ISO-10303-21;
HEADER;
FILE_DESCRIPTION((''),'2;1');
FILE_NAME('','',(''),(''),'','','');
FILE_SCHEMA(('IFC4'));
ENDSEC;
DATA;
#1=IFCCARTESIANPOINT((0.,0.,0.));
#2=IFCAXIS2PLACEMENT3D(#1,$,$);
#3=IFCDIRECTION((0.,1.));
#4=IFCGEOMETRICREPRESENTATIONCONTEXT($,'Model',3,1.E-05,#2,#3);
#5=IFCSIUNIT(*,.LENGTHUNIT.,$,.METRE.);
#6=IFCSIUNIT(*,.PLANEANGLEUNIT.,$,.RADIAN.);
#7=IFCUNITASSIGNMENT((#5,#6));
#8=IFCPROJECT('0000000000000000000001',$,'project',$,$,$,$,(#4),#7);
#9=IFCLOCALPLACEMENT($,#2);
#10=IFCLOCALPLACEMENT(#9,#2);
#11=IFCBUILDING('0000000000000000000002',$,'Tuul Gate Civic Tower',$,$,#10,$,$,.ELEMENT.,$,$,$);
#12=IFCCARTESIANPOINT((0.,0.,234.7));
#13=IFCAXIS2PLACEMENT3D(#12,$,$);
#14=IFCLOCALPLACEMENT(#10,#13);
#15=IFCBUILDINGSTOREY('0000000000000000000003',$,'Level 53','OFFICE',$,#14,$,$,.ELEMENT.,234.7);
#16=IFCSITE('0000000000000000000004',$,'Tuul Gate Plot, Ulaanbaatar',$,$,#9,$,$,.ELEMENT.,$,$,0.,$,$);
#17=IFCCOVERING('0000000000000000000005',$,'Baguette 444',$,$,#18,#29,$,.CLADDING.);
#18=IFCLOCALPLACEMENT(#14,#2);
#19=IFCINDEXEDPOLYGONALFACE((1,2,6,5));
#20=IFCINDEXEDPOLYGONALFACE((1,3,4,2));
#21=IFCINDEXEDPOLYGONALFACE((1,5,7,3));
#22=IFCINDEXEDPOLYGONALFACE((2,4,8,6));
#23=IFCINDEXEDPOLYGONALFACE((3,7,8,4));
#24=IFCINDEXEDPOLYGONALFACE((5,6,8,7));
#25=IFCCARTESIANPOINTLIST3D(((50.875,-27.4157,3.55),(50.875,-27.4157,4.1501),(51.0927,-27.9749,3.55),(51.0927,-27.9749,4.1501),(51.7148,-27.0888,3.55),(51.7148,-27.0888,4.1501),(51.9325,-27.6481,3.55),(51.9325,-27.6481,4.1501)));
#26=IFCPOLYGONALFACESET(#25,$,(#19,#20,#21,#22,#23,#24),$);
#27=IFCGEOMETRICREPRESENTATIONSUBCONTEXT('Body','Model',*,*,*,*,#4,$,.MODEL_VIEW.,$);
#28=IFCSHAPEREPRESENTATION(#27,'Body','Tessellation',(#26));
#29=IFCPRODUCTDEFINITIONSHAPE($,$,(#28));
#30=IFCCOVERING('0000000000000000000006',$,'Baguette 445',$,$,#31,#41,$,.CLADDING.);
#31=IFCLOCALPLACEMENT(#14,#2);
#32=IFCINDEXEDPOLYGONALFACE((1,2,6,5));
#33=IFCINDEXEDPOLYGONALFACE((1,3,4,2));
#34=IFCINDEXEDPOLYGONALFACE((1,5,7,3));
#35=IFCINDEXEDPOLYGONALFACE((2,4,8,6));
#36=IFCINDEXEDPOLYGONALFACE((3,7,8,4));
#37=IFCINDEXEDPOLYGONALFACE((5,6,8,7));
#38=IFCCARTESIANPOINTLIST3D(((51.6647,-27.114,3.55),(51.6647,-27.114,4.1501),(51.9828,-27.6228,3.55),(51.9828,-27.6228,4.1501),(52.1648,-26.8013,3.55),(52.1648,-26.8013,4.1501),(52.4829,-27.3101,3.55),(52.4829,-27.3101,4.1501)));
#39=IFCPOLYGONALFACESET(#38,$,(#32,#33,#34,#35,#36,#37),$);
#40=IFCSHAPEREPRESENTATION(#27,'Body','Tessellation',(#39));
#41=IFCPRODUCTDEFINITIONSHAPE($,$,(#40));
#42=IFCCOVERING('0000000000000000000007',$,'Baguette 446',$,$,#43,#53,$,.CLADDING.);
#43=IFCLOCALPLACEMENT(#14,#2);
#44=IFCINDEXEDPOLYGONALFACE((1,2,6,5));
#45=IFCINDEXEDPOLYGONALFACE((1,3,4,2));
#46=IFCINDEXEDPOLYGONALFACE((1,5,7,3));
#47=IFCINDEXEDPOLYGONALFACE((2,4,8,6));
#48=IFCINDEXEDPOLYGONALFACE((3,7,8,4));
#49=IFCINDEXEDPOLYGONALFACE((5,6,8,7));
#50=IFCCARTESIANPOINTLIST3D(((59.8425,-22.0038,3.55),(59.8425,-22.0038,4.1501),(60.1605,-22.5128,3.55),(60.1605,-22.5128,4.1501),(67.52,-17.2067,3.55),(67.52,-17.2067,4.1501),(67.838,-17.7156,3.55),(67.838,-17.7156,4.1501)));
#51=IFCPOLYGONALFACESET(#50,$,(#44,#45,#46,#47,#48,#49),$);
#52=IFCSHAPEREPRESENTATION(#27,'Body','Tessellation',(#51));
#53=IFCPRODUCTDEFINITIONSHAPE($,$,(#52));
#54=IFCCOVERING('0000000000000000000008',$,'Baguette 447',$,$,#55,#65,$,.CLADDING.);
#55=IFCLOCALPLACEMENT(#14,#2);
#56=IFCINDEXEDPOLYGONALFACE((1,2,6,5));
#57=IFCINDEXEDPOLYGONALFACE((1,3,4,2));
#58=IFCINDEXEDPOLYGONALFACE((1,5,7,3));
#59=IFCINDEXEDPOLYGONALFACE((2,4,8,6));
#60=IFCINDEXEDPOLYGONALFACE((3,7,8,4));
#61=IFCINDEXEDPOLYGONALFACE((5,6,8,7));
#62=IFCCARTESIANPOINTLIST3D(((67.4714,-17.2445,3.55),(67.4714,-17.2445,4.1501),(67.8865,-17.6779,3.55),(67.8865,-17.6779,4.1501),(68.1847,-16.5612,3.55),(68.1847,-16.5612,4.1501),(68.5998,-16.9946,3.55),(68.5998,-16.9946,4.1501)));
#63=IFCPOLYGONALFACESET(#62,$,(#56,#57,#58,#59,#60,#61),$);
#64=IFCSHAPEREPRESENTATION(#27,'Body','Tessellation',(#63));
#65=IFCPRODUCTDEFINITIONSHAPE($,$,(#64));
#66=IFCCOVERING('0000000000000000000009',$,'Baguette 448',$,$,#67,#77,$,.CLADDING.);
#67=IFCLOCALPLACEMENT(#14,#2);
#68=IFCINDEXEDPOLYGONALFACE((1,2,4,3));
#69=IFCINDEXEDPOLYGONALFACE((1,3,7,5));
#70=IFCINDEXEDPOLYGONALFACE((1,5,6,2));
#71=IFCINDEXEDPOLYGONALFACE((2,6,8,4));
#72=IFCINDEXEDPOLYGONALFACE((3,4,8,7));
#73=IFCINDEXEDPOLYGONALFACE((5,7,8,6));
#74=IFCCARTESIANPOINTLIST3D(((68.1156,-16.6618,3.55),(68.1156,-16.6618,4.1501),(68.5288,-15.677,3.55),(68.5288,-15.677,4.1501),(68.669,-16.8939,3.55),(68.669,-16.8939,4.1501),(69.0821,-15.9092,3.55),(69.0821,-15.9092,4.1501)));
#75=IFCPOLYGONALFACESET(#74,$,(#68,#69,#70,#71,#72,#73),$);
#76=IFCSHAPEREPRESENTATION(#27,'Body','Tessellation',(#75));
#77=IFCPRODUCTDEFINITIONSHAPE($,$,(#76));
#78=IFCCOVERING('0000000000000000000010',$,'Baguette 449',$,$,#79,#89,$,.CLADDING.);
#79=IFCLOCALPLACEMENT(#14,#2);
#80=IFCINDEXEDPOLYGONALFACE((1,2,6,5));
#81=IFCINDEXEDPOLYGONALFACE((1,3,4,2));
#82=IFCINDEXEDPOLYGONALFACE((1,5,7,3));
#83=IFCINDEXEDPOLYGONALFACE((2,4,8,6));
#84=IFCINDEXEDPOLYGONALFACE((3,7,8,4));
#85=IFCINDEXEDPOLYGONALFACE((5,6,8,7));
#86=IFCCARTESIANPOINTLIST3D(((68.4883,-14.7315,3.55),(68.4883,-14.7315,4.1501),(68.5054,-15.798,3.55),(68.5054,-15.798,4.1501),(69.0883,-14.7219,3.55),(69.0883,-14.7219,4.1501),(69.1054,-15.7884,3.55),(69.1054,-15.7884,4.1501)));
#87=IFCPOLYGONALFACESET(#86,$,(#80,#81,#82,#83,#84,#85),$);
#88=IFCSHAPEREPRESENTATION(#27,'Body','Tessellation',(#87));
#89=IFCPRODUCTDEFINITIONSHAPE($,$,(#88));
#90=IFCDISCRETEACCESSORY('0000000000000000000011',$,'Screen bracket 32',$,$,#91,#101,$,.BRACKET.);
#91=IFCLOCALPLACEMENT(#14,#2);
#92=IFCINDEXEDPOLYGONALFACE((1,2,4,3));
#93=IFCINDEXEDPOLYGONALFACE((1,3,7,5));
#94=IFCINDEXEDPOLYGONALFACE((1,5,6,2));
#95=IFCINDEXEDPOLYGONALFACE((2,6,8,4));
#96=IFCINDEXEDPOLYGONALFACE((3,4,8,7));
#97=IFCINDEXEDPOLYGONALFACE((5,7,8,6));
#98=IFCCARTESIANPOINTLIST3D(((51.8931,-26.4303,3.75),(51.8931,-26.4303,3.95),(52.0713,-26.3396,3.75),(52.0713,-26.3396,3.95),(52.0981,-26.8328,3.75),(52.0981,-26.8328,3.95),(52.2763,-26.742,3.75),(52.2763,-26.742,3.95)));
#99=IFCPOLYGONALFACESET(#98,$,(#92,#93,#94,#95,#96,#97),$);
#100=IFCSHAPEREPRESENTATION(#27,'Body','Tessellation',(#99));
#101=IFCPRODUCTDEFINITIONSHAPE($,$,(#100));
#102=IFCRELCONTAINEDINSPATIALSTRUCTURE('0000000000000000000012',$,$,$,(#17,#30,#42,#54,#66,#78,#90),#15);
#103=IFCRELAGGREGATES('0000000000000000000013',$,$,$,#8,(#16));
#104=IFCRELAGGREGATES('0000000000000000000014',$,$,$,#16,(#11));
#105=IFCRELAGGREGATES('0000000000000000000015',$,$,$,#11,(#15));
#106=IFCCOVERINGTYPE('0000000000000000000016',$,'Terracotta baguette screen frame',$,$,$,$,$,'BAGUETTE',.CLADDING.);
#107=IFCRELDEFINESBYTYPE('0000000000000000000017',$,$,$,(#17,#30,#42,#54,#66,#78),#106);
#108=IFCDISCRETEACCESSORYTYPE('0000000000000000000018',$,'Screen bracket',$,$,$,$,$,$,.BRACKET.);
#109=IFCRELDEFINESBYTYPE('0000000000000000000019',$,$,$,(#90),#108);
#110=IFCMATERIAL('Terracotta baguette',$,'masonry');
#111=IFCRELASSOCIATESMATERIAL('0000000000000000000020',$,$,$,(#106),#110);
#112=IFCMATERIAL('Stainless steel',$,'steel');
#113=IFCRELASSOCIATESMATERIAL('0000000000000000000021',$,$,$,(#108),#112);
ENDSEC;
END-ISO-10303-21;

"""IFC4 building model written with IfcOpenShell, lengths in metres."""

from ifc_helpers import new_model, si_unit, direction, frame, origin, origin_2d, place, context, subcontext, project, spatial, rectangle, extrude, material, material_profile, profile_set, type_object, element, save


model = new_model("IFC4")

# Units and contexts
model_context = context("Model", 3, precision=1e-05, world=origin(), true_north=direction((0.0, 1.0)))
body_context = subcontext(model_context, "Body", "Model", "MODEL_VIEW")
ifc_project = project(units=[si_unit("LENGTHUNIT", "METRE"), si_unit("PLANEANGLEUNIT", "RADIAN")], contexts=[model_context])

# Site, building, storey
site_placement = place(None, origin())
site = spatial("IfcSite", under=ifc_project, at=site_placement, Name="Tuul Gate Plot, Ulaanbaatar", CompositionType="ELEMENT", RefElevation=0.0)
building_placement = place(site_placement, origin())
building = spatial("IfcBuilding", under=site, at=building_placement, Name="Tuul Gate Civic Tower", CompositionType="ELEMENT")
storey_placement = place(building_placement, frame((0.0, 0.0, 234.7)))
storey = spatial("IfcBuildingStorey", under=building, at=storey_placement, Name="Level 53", Description="OFFICE", CompositionType="ELEMENT", Elevation=234.7)

# Coverings
ifc_material_1 = material(Name="Terracotta baguette", Category="masonry")
ifc_material_profile_1 = material_profile(ifc_material_1, rectangle(XDim=0.6001, YDim=0.6001, at=origin_2d()), Name="Terracotta baguette screen frame")
ifc_profile_set_1 = profile_set([ifc_material_profile_1], Name="Terracotta baguette")
covering_type = type_object("IfcCoveringType", Name="Terracotta baguette screen frame", ElementType="BAGUETTE", PredefinedType="CLADDING", material=ifc_profile_set_1)
covering_1_placement = place(storey_placement, frame((50.9839, -27.6953, 3.8501), z_axis=(0.931893, 0.362734, 0.0), x_axis=(-0.362734, 0.931893, 0.0)))
element("IfcCovering", 1, at=covering_1_placement, inside=storey, type_object=covering_type, Name="Baguette 444", PredefinedType="CLADDING", context=body_context, shape_type="SweptSolid", body=[
    extrude(rectangle(XDim=0.6001, YDim=0.6001, at=origin_2d()), origin(), (0.0, 0.0, 1.0), 0.9011),
])
covering_2_placement = place(storey_placement, frame((51.8237, -27.3684, 3.8501), z_axis=(0.847929, 0.530111, 0.0), x_axis=(-0.530111, 0.847929, 0.0)))
element("IfcCovering", 2, at=covering_2_placement, inside=storey, type_object=covering_type, Name="Baguette 445", PredefinedType="CLADDING", context=body_context, shape_type="SweptSolid", body=[
    extrude(rectangle(XDim=0.6001, YDim=0.6001, at=origin_2d()), origin(), (0.0, 0.0, 1.0), 0.5898),
])
covering_3_placement = place(storey_placement, frame((60.0015, -22.2583, 3.8501), z_axis=(0.848063, 0.529895, 0.0), x_axis=(-0.529895, 0.848063, 0.0)))
element("IfcCovering", 3, at=covering_3_placement, inside=storey, type_object=covering_type, Name="Baguette 446", PredefinedType="CLADDING", context=body_context, shape_type="SweptSolid", body=[
    extrude(rectangle(XDim=0.6001, YDim=0.6001, at=origin_2d()), origin(), (0.0, 0.0, 1.0), 9.053),
])
covering_4_placement = place(storey_placement, frame((67.679, -17.4612, 3.8501), z_axis=(0.722143, 0.691744, 0.0), x_axis=(-0.691744, 0.722143, 0.0)))
element("IfcCovering", 4, at=covering_4_placement, inside=storey, type_object=covering_type, Name="Baguette 447", PredefinedType="CLADDING", context=body_context, shape_type="SweptSolid", body=[
    extrude(rectangle(XDim=0.6001, YDim=0.6001, at=origin_2d()), origin(), (0.0, 0.0, 1.0), 0.9878),
])
covering_5_placement = place(storey_placement, frame((68.3923, -16.7778, 3.8501), z_axis=(0.386871, 0.922134, 0.0), x_axis=(-0.922134, 0.386871, 0.0)))
element("IfcCovering", 5, at=covering_5_placement, inside=storey, type_object=covering_type, Name="Baguette 448", PredefinedType="CLADDING", context=body_context, shape_type="SweptSolid", body=[
    extrude(rectangle(XDim=0.6001, YDim=0.6001, at=origin_2d()), origin(), (0.0, 0.0, 1.0), 1.0679),
])
covering_6_placement = place(storey_placement, frame((68.8054, -15.7932, 3.8501), z_axis=(-0.016024, 0.999872, 0.0), x_axis=(-0.999872, -0.016024, 0.0)))
element("IfcCovering", 6, at=covering_6_placement, inside=storey, type_object=covering_type, Name="Baguette 449", PredefinedType="CLADDING", context=body_context, shape_type="SweptSolid", body=[
    extrude(rectangle(XDim=0.6001, YDim=0.6001, at=origin_2d()), origin(), (0.0, 0.0, 1.0), 1.0667),
])

# Discrete accessory
ifc_material_2 = material(Name="Stainless steel", Category="steel")
discrete_accessory_type = type_object("IfcDiscreteAccessoryType", Name="Screen bracket", PredefinedType="BRACKET", material=ifc_material_2)
discrete_accessory_placement = place(storey_placement, frame((52.0847, -26.5862, 3.75), z_axis=(0.0, 0.0, 1.0), x_axis=(0.453849, -0.891079, 0.0)))
element("IfcDiscreteAccessory", 7, at=discrete_accessory_placement, inside=storey, type_object=discrete_accessory_type, Name="Screen bracket 32", PredefinedType="BRACKET", context=body_context, shape_type="SweptSolid", body=[
    extrude(rectangle(XDim=0.4517, YDim=0.2, at=origin_2d()), origin(), (0.0, 0.0, 1.0), 0.2),
])

save(model, "model.ifc")
